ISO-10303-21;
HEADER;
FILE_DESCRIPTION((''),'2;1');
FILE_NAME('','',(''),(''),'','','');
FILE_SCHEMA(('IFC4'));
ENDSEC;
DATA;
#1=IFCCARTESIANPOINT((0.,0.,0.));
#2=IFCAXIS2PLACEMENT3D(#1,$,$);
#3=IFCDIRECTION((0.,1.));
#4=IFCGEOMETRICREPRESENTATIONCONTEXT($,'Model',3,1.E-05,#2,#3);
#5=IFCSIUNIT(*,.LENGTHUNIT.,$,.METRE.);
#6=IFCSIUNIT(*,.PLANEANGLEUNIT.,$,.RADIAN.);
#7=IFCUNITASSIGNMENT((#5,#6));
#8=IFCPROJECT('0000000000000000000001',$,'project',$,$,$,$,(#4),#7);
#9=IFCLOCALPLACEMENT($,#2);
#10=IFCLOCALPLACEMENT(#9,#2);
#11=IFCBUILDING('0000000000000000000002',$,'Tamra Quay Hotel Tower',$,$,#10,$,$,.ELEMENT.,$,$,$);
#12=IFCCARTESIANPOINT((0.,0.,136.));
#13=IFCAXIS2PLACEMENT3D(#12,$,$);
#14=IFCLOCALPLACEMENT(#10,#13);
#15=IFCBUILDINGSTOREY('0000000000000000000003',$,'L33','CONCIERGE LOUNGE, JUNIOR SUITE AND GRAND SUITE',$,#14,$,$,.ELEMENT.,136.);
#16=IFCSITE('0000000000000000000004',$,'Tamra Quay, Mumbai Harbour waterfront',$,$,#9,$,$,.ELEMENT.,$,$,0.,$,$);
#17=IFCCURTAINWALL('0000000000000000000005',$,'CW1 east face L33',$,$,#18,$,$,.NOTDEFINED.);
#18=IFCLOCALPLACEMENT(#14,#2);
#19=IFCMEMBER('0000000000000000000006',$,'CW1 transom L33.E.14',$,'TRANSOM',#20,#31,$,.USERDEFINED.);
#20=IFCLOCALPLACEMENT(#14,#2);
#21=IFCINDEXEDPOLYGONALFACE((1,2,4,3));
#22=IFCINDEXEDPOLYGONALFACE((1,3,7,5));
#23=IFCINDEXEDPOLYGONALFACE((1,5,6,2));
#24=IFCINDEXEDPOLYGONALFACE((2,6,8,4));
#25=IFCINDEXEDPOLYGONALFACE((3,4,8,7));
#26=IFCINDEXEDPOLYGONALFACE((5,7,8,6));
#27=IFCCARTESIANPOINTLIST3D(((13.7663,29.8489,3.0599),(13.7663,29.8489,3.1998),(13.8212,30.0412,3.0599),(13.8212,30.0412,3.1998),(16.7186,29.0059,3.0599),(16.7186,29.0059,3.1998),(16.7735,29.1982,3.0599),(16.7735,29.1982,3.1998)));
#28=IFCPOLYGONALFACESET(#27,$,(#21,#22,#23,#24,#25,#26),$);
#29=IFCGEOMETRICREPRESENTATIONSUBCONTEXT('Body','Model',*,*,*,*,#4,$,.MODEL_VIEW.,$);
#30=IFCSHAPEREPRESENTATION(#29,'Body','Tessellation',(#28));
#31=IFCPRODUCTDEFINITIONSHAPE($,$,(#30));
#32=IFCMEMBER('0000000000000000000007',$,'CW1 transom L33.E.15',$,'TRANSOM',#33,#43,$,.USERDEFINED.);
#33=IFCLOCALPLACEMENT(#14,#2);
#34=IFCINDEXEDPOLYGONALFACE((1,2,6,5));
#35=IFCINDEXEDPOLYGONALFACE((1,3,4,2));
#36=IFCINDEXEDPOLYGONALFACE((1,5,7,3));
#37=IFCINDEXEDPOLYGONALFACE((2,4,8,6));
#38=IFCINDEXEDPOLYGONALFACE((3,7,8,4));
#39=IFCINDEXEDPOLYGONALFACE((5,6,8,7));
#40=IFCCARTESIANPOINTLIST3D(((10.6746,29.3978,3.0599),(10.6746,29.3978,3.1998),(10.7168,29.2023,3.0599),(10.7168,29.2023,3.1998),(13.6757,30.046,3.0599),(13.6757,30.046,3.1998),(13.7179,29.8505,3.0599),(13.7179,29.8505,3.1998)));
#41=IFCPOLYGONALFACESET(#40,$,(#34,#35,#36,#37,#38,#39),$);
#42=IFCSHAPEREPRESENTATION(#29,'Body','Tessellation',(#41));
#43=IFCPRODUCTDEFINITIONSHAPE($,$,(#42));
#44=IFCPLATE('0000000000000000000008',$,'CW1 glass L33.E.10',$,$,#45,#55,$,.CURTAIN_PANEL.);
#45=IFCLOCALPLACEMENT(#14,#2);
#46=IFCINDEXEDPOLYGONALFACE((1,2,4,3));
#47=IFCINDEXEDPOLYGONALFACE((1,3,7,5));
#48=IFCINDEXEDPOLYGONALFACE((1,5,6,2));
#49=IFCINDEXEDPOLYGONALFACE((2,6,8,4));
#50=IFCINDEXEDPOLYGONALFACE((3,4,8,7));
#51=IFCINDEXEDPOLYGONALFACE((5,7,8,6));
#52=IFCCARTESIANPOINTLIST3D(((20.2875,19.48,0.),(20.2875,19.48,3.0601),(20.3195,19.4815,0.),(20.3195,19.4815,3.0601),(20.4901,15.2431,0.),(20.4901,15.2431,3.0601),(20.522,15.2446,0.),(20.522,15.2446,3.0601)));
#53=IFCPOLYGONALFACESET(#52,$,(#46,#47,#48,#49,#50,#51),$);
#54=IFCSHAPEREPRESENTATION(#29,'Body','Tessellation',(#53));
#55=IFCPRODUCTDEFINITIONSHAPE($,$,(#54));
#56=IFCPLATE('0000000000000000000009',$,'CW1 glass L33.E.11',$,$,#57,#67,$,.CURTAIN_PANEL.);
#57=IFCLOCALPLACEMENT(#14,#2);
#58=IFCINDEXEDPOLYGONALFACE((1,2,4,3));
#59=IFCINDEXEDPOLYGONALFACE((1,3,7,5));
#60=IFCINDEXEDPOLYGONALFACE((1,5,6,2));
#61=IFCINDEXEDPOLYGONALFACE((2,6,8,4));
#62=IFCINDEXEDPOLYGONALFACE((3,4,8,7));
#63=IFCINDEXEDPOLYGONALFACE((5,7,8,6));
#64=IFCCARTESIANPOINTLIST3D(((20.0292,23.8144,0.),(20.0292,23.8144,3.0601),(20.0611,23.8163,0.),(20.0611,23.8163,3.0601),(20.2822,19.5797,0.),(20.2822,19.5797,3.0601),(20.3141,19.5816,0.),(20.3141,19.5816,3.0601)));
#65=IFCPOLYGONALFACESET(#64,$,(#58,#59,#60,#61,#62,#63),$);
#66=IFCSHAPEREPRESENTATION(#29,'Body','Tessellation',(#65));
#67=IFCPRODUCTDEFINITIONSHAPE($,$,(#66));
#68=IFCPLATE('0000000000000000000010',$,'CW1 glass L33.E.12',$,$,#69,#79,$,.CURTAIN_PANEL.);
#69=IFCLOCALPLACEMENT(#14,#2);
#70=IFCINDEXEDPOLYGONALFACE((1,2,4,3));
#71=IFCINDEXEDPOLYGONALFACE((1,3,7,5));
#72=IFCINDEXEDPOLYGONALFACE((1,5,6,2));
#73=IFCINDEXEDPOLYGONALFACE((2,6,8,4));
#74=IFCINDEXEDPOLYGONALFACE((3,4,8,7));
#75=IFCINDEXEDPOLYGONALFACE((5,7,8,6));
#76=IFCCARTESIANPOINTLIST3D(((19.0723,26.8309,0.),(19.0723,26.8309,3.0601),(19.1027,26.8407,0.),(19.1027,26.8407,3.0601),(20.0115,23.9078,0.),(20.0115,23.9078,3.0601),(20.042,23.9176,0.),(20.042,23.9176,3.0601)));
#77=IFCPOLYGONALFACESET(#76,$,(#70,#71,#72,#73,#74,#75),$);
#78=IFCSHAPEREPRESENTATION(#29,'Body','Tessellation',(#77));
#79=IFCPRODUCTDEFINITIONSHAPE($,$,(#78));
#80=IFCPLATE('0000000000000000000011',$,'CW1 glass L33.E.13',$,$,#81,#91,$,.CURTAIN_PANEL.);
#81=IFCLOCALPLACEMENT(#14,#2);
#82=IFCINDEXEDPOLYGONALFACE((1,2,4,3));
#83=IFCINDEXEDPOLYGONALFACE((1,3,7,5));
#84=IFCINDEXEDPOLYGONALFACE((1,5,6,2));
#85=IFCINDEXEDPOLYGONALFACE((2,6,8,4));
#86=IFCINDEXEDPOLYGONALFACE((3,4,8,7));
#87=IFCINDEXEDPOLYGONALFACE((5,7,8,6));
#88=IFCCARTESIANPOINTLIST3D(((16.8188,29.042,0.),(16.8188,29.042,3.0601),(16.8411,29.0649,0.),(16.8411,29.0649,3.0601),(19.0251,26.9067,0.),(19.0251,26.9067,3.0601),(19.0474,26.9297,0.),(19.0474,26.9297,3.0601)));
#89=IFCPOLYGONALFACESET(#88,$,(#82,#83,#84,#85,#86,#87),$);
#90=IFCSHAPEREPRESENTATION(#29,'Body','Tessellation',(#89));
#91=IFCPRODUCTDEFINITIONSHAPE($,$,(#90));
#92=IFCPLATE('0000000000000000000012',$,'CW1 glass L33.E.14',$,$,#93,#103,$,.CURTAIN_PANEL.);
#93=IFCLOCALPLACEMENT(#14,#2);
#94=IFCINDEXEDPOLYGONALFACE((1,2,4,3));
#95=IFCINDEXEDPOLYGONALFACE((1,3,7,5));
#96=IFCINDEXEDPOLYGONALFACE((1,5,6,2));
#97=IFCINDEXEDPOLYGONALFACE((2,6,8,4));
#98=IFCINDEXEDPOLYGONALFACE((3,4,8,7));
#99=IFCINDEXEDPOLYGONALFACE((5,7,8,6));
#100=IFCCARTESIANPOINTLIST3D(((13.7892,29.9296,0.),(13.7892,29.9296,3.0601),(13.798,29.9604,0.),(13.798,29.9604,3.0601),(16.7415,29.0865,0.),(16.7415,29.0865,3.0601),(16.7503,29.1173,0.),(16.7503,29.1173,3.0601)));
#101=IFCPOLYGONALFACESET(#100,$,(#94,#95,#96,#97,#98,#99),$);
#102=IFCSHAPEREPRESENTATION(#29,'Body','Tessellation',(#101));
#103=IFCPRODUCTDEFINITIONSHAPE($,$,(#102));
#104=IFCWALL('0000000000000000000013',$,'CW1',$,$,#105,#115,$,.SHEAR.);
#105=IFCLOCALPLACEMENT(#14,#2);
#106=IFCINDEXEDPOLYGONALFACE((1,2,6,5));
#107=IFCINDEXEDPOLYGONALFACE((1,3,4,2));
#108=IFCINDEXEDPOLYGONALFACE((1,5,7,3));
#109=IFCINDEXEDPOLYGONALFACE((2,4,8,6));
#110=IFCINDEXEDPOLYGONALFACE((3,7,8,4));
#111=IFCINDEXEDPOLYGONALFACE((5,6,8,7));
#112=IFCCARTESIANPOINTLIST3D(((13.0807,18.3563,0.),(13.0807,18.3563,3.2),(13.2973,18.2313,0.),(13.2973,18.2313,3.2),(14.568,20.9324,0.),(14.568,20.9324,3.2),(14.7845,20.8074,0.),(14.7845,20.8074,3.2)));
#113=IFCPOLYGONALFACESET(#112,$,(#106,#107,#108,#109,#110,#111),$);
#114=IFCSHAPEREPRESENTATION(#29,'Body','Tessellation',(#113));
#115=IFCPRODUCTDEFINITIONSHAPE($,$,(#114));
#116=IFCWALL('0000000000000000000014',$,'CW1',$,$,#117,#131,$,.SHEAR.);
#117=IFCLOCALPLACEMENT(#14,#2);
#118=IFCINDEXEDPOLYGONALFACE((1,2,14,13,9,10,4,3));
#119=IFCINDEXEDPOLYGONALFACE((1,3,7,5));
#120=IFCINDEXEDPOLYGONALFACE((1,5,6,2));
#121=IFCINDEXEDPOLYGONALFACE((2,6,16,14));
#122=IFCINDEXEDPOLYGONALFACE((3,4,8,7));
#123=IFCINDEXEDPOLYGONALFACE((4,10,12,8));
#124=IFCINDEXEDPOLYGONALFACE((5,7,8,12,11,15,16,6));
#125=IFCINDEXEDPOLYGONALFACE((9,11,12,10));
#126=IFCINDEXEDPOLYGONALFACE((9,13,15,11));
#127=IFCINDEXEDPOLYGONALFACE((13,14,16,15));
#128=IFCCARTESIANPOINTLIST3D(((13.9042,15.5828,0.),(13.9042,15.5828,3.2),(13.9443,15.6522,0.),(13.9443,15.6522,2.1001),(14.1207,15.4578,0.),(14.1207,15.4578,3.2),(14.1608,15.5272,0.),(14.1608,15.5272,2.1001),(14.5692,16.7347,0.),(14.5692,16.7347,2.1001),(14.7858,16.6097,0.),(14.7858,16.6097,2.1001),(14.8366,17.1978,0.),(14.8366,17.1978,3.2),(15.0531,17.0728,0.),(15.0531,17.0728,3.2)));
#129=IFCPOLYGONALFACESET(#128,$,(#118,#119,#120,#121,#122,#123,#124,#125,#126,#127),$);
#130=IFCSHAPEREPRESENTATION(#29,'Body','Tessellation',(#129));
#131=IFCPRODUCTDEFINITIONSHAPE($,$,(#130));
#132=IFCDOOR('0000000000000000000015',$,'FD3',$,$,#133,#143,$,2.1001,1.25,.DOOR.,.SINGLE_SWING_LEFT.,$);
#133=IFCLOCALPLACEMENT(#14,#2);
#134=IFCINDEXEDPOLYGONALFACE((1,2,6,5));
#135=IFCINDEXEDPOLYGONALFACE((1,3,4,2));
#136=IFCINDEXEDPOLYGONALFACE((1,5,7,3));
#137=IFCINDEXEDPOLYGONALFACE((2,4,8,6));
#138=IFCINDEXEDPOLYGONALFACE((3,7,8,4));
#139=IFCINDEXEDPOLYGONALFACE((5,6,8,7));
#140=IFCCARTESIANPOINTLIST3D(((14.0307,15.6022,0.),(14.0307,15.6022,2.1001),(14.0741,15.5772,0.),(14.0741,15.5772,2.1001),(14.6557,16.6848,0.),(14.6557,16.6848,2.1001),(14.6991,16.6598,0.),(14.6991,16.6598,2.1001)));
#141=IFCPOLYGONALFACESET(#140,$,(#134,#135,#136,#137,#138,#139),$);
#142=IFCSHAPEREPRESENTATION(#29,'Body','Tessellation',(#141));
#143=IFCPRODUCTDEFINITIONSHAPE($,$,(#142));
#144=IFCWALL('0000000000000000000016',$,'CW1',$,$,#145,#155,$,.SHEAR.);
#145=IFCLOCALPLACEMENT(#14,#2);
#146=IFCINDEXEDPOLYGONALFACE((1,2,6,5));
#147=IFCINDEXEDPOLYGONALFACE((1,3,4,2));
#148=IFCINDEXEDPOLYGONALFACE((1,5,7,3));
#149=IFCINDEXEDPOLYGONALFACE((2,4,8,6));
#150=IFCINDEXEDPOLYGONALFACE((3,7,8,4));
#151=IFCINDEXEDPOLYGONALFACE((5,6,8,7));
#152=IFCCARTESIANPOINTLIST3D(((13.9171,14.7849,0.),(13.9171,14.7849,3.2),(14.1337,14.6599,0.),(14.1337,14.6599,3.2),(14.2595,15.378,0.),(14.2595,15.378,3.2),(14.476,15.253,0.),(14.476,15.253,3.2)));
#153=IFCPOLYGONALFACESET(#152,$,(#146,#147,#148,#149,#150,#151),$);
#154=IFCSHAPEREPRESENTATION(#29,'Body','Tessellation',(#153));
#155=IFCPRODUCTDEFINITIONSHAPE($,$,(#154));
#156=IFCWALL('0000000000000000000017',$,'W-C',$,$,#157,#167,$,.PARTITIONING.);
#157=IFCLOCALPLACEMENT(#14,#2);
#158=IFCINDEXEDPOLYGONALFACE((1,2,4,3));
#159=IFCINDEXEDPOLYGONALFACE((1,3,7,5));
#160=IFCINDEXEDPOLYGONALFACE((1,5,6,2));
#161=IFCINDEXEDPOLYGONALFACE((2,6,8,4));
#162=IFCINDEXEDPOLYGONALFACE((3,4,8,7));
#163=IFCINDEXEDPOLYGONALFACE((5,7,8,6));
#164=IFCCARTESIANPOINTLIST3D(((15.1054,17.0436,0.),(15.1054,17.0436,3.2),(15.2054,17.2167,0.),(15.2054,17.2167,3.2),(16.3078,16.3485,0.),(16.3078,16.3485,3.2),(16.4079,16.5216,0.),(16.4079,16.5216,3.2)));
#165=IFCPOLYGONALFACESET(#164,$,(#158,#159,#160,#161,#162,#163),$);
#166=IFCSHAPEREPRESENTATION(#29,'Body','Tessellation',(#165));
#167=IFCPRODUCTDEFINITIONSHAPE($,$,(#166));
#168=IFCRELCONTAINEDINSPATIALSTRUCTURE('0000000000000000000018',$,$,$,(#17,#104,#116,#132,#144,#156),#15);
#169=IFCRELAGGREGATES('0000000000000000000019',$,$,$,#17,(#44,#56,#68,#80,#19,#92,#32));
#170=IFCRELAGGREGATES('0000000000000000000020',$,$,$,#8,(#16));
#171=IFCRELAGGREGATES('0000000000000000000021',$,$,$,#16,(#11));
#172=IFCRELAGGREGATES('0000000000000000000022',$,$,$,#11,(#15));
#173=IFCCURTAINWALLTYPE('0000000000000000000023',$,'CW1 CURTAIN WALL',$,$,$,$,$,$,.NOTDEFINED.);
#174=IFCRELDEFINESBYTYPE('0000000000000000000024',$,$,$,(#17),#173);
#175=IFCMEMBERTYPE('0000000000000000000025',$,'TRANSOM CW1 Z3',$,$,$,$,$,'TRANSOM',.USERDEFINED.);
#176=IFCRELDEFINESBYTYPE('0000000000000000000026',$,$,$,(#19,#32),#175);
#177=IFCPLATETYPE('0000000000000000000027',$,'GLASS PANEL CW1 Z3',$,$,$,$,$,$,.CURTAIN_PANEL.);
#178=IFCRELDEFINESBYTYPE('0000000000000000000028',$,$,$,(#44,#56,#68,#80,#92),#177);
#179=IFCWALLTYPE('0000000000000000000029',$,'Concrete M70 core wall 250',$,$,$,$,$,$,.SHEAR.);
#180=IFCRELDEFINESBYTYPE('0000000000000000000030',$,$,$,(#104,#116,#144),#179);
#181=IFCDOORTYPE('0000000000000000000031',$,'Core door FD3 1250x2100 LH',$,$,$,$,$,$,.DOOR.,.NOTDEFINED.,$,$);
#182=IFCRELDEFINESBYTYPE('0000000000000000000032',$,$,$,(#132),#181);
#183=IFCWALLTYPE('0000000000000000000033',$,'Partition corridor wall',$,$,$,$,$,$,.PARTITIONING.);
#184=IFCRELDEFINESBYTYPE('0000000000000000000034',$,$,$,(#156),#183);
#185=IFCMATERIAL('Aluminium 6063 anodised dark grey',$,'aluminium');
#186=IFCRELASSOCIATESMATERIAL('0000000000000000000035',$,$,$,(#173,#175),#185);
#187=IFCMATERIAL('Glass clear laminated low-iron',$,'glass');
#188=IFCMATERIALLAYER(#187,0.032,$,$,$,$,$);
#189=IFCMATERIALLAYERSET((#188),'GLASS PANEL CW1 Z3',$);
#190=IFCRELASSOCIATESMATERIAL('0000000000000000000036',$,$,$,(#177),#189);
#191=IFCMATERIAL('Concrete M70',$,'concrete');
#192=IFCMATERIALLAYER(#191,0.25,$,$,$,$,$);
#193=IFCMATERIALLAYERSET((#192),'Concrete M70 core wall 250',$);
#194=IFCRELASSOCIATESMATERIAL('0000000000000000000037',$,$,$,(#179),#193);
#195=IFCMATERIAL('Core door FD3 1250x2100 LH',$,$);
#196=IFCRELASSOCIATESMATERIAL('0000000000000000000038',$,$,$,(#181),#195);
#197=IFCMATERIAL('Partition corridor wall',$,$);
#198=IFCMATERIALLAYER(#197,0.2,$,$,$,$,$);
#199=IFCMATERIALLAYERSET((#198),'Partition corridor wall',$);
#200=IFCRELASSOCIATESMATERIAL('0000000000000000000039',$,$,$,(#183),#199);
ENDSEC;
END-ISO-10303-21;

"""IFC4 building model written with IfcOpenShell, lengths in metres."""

from ifc_helpers import new_model, si_unit, direction, frame, frame_2d, origin, origin_2d, place, context, subcontext, project, spatial, rectangle, extrude, material, layer, layer_set, material_profile, profile_set, type_object, element, fill, aggregate, save


model = new_model("IFC4")

# Units and contexts
model_context = context("Model", 3, precision=1e-05, world=origin(), true_north=direction((0.0, 1.0)))
body_context = subcontext(model_context, "Body", "Model", "MODEL_VIEW")
ifc_project = project(units=[si_unit("LENGTHUNIT", "METRE"), si_unit("PLANEANGLEUNIT", "RADIAN")], contexts=[model_context])

# Site, building, storey
site_placement = place(None, origin())
site = spatial("IfcSite", under=ifc_project, at=site_placement, Name="Tamra Quay, Mumbai Harbour waterfront", CompositionType="ELEMENT", RefElevation=0.0)
building_placement = place(site_placement, origin())
building = spatial("IfcBuilding", under=site, at=building_placement, Name="Tamra Quay Hotel Tower", CompositionType="ELEMENT")
storey_placement = place(building_placement, frame((0.0, 0.0, 136.0)))
storey = spatial("IfcBuildingStorey", under=building, at=storey_placement, Name="L33", Description="CONCIERGE LOUNGE, JUNIOR SUITE AND GRAND SUITE", CompositionType="ELEMENT", Elevation=136.0)

# Shared definitions
ifc_material_1 = material(Name="Concrete M70", Category="concrete")

# Curtain wall
ifc_material_2 = material(Name="Aluminium 6063 anodised dark grey", Category="aluminium")
curtain_wall_type = type_object("IfcCurtainWallType", Name="CW1 CURTAIN WALL", PredefinedType="NOTDEFINED", material=ifc_material_2)
curtain_wall_placement = place(storey_placement, origin())
curtain_wall = element("IfcCurtainWall", 1, at=curtain_wall_placement, inside=storey, type_object=curtain_wall_type, Name="CW1 east face L33", PredefinedType="NOTDEFINED")

# Members
ifc_material_profile_1 = material_profile(ifc_material_2, rectangle(XDim=0.2, YDim=0.1399, at=origin_2d()), Name="TRANSOM 200X140")
ifc_profile_set_1 = profile_set([ifc_material_profile_1], Name="Aluminium 6063 anodised dark grey")
member_type_1 = type_object("IfcMemberType", Name="TRANSOM CW1 Z3", ElementType="TRANSOM", PredefinedType="USERDEFINED", material=ifc_profile_set_1)
member_1_placement = place(storey_placement, frame((16.7461, 29.1021, 3.1299), z_axis=(-0.961569, 0.274564, 0.0), x_axis=(-0.274564, -0.961569, 0.0)))
member_1 = element("IfcMember", 2, at=member_1_placement, type_object=member_type_1, Name="CW1 transom L33.E.14", ObjectType="TRANSOM", PredefinedType="USERDEFINED", context=body_context, shape_type="SweptSolid", body=[
    extrude(rectangle(XDim=0.2, YDim=0.1399, at=origin_2d()), origin(), (0.0, 0.0, 1.0), 3.0703),
])
member_2_placement = place(storey_placement, frame((13.6968, 29.9482, 3.1299), z_axis=(-0.977463, -0.211109, 0.0), x_axis=(0.211109, -0.977463, 0.0)))
member_2 = element("IfcMember", 3, at=member_2_placement, type_object=member_type_1, Name="CW1 transom L33.E.15", ObjectType="TRANSOM", PredefinedType="USERDEFINED", context=body_context, shape_type="SweptSolid", body=[
    extrude(rectangle(XDim=0.2, YDim=0.1399, at=origin_2d()), origin(), (0.0, 0.0, 1.0), 3.0703),
])

# Plates
ifc_material_3 = material(Name="Glass clear laminated low-iron", Category="glass")
ifc_layer_1 = layer(ifc_material_3, 0.032)
ifc_layer_set_1 = layer_set([ifc_layer_1], Name="GLASS PANEL CW1 Z3")
plate_type = type_object("IfcPlateType", Name="GLASS PANEL CW1 Z3", PredefinedType="CURTAIN_PANEL", material=ifc_layer_set_1)
plate_1_placement = place(storey_placement, frame((20.4048, 17.3623, 0.0), z_axis=(0.0, 0.0, 1.0), x_axis=(-0.047747, 0.998859, 0.0)))
plate_1 = element("IfcPlate", 4, at=plate_1_placement, type_object=plate_type, Name="CW1 glass L33.E.10", PredefinedType="CURTAIN_PANEL", context=body_context, shape_type="SweptSolid", body=[
    extrude(rectangle(XDim=4.2417, YDim=0.032, at=origin_2d()), origin(), (0.0, 0.0, 1.0), 3.0601),
])
plate_2_placement = place(storey_placement, frame((20.1716, 21.698, 0.0), z_axis=(0.0, 0.0, 1.0), x_axis=(-0.059642, 0.99822, 0.0)))
plate_2 = element("IfcPlate", 5, at=plate_2_placement, type_object=plate_type, Name="CW1 glass L33.E.11", PredefinedType="CURTAIN_PANEL", context=body_context, shape_type="SweptSolid", body=[
    extrude(rectangle(XDim=4.2422, YDim=0.032, at=origin_2d()), origin(), (0.0, 0.0, 1.0), 3.0601),
])
plate_3_placement = place(storey_placement, frame((19.5571, 25.3743, 0.0), z_axis=(0.0, 0.0, 1.0), x_axis=(-0.305915, 0.952059, 0.0)))
plate_3 = element("IfcPlate", 6, at=plate_3_placement, type_object=plate_type, Name="CW1 glass L33.E.12", PredefinedType="CURTAIN_PANEL", context=body_context, shape_type="SweptSolid", body=[
    extrude(rectangle(XDim=3.0703, YDim=0.032, at=origin_2d()), origin(), (0.0, 0.0, 1.0), 3.0601),
])
plate_4_placement = place(storey_placement, frame((17.9331, 27.9858, 0.0), z_axis=(0.0, 0.0, 1.0), x_axis=(-0.718584, 0.69544, 0.0)))
plate_4 = element("IfcPlate", 7, at=plate_4_placement, type_object=plate_type, Name="CW1 glass L33.E.13", PredefinedType="CURTAIN_PANEL", context=body_context, shape_type="SweptSolid", body=[
    extrude(rectangle(XDim=3.0703, YDim=0.032, at=origin_2d()), origin(), (0.0, 0.0, 1.0), 3.0601),
])
plate_5_placement = place(storey_placement, frame((15.2698, 29.5234, 0.0), z_axis=(0.0, 0.0, 1.0), x_axis=(-0.961561, 0.274593, 0.0)))
plate_5 = element("IfcPlate", 8, at=plate_5_placement, type_object=plate_type, Name="CW1 glass L33.E.14", PredefinedType="CURTAIN_PANEL", context=body_context, shape_type="SweptSolid", body=[
    extrude(rectangle(XDim=3.0703, YDim=0.032, at=origin_2d()), origin(), (0.0, 0.0, 1.0), 3.0601),
])
aggregate(curtain_wall, [plate_1, plate_2, plate_3, plate_4, member_1, plate_5, member_2])

# Wall
ifc_layer_2 = layer(ifc_material_1, 0.25)
ifc_layer_set_2 = layer_set([ifc_layer_2], Name="Concrete M70 core wall 250")
wall_type_1 = type_object("IfcWallType", Name="Concrete M70 core wall 250", PredefinedType="SHEAR", material=ifc_layer_set_2)
wall_1_placement = place(storey_placement, frame((14.6763, 20.8699, 0.0), z_axis=(0.0, 0.0, 1.0), x_axis=(-0.499988, -0.866033, 0.0)))
element("IfcWall", 9, at=wall_1_placement, inside=storey, type_object=wall_type_1, Name="CW1", PredefinedType="SHEAR", context=body_context, shape_type="SweptSolid", body=[
    extrude(rectangle(XDim=2.9746, YDim=0.25, at=frame_2d((1.4873, 0.0))), origin(), (0.0, 0.0, 1.0), 3.2),
])

# Wall, opening, door
wall_2_placement = place(storey_placement, frame((14.9448, 17.1353, 0.0), z_axis=(0.0, 0.0, 1.0), x_axis=(-0.499983, -0.866035, 0.0)))
wall_2 = element("IfcWall", 10, at=wall_2_placement, inside=storey, type_object=wall_type_1, Name="CW1", PredefinedType="SHEAR", context=body_context, shape_type="SweptSolid", body=[
    extrude(rectangle(XDim=1.8647, YDim=0.25, at=frame_2d((0.9324, 0.0))), origin(), (0.0, 0.0, 1.0), 3.2),
])
opening_placement = place(wall_2_placement, frame((0.5347, 0.0, 0.0)))
opening = element("IfcOpeningElement", 11, at=opening_placement, cuts=wall_2, PredefinedType="OPENING", context=body_context, shape_type="SweptSolid", body=[
    extrude(rectangle(XDim=1.25, YDim=2.1001, at=frame_2d((0.625, 1.05))), frame((0.0, 0.135, 0.0), z_axis=(0.0, -1.0, 0.0), x_axis=(1.0, 0.0, 0.0)), (0.0, 0.0, 1.0), 0.27),
])
ifc_material_4 = material(Name="Core door FD3 1250x2100 LH")
door_type = type_object("IfcDoorType", Name="Core door FD3 1250x2100 LH", OperationType="NOTDEFINED", PredefinedType="DOOR", material=ifc_material_4)
door_placement = place(opening_placement, origin())
door = element("IfcDoor", 12, at=door_placement, inside=storey, type_object=door_type, Name="FD3", OperationType="SINGLE_SWING_LEFT", OverallHeight=2.1001, OverallWidth=1.25, PredefinedType="DOOR", context=body_context, shape_type="SweptSolid", body=[
    extrude(rectangle(XDim=1.25, YDim=2.1001, at=frame_2d((0.625, 1.05))), frame((0.0, 0.0249, 0.0), z_axis=(0.0, -1.0, 0.0), x_axis=(1.0, 0.0, 0.0)), (0.0, 0.0, 1.0), 0.05),
])
fill(opening, door)

# Walls
wall_3_placement = place(storey_placement, frame((14.3677, 15.3154, 0.0), z_axis=(0.0, 0.0, 1.0), x_axis=(-0.499897, -0.866085, 0.0)))
element("IfcWall", 13, at=wall_3_placement, inside=storey, type_object=wall_type_1, Name="CW1", PredefinedType="SHEAR", context=body_context, shape_type="SweptSolid", body=[
    extrude(rectangle(XDim=0.6848, YDim=0.25, at=frame_2d((0.3423, 0.0))), origin(), (0.0, 0.0, 1.0), 3.2),
])
ifc_material_5 = material(Name="Partition corridor wall")
ifc_layer_3 = layer(ifc_material_5, 0.2)
ifc_layer_set_3 = layer_set([ifc_layer_3], Name="Partition corridor wall")
wall_type_2 = type_object("IfcWallType", Name="Partition corridor wall", PredefinedType="PARTITIONING", material=ifc_layer_set_3)
wall_4_placement = place(storey_placement, frame((15.1555, 17.1301, 0.0), z_axis=(0.0, 0.0, 1.0), x_axis=(0.865755, -0.500468, 0.0)))
element("IfcWall", 14, at=wall_4_placement, inside=storey, type_object=wall_type_2, Name="W-C", PredefinedType="PARTITIONING", context=body_context, shape_type="SweptSolid", body=[
    extrude(rectangle(XDim=1.3889, YDim=0.2, at=frame_2d((0.6943, 0.0))), origin(), (0.0, 0.0, 1.0), 3.2),
])

save(model, "model.ifc")
